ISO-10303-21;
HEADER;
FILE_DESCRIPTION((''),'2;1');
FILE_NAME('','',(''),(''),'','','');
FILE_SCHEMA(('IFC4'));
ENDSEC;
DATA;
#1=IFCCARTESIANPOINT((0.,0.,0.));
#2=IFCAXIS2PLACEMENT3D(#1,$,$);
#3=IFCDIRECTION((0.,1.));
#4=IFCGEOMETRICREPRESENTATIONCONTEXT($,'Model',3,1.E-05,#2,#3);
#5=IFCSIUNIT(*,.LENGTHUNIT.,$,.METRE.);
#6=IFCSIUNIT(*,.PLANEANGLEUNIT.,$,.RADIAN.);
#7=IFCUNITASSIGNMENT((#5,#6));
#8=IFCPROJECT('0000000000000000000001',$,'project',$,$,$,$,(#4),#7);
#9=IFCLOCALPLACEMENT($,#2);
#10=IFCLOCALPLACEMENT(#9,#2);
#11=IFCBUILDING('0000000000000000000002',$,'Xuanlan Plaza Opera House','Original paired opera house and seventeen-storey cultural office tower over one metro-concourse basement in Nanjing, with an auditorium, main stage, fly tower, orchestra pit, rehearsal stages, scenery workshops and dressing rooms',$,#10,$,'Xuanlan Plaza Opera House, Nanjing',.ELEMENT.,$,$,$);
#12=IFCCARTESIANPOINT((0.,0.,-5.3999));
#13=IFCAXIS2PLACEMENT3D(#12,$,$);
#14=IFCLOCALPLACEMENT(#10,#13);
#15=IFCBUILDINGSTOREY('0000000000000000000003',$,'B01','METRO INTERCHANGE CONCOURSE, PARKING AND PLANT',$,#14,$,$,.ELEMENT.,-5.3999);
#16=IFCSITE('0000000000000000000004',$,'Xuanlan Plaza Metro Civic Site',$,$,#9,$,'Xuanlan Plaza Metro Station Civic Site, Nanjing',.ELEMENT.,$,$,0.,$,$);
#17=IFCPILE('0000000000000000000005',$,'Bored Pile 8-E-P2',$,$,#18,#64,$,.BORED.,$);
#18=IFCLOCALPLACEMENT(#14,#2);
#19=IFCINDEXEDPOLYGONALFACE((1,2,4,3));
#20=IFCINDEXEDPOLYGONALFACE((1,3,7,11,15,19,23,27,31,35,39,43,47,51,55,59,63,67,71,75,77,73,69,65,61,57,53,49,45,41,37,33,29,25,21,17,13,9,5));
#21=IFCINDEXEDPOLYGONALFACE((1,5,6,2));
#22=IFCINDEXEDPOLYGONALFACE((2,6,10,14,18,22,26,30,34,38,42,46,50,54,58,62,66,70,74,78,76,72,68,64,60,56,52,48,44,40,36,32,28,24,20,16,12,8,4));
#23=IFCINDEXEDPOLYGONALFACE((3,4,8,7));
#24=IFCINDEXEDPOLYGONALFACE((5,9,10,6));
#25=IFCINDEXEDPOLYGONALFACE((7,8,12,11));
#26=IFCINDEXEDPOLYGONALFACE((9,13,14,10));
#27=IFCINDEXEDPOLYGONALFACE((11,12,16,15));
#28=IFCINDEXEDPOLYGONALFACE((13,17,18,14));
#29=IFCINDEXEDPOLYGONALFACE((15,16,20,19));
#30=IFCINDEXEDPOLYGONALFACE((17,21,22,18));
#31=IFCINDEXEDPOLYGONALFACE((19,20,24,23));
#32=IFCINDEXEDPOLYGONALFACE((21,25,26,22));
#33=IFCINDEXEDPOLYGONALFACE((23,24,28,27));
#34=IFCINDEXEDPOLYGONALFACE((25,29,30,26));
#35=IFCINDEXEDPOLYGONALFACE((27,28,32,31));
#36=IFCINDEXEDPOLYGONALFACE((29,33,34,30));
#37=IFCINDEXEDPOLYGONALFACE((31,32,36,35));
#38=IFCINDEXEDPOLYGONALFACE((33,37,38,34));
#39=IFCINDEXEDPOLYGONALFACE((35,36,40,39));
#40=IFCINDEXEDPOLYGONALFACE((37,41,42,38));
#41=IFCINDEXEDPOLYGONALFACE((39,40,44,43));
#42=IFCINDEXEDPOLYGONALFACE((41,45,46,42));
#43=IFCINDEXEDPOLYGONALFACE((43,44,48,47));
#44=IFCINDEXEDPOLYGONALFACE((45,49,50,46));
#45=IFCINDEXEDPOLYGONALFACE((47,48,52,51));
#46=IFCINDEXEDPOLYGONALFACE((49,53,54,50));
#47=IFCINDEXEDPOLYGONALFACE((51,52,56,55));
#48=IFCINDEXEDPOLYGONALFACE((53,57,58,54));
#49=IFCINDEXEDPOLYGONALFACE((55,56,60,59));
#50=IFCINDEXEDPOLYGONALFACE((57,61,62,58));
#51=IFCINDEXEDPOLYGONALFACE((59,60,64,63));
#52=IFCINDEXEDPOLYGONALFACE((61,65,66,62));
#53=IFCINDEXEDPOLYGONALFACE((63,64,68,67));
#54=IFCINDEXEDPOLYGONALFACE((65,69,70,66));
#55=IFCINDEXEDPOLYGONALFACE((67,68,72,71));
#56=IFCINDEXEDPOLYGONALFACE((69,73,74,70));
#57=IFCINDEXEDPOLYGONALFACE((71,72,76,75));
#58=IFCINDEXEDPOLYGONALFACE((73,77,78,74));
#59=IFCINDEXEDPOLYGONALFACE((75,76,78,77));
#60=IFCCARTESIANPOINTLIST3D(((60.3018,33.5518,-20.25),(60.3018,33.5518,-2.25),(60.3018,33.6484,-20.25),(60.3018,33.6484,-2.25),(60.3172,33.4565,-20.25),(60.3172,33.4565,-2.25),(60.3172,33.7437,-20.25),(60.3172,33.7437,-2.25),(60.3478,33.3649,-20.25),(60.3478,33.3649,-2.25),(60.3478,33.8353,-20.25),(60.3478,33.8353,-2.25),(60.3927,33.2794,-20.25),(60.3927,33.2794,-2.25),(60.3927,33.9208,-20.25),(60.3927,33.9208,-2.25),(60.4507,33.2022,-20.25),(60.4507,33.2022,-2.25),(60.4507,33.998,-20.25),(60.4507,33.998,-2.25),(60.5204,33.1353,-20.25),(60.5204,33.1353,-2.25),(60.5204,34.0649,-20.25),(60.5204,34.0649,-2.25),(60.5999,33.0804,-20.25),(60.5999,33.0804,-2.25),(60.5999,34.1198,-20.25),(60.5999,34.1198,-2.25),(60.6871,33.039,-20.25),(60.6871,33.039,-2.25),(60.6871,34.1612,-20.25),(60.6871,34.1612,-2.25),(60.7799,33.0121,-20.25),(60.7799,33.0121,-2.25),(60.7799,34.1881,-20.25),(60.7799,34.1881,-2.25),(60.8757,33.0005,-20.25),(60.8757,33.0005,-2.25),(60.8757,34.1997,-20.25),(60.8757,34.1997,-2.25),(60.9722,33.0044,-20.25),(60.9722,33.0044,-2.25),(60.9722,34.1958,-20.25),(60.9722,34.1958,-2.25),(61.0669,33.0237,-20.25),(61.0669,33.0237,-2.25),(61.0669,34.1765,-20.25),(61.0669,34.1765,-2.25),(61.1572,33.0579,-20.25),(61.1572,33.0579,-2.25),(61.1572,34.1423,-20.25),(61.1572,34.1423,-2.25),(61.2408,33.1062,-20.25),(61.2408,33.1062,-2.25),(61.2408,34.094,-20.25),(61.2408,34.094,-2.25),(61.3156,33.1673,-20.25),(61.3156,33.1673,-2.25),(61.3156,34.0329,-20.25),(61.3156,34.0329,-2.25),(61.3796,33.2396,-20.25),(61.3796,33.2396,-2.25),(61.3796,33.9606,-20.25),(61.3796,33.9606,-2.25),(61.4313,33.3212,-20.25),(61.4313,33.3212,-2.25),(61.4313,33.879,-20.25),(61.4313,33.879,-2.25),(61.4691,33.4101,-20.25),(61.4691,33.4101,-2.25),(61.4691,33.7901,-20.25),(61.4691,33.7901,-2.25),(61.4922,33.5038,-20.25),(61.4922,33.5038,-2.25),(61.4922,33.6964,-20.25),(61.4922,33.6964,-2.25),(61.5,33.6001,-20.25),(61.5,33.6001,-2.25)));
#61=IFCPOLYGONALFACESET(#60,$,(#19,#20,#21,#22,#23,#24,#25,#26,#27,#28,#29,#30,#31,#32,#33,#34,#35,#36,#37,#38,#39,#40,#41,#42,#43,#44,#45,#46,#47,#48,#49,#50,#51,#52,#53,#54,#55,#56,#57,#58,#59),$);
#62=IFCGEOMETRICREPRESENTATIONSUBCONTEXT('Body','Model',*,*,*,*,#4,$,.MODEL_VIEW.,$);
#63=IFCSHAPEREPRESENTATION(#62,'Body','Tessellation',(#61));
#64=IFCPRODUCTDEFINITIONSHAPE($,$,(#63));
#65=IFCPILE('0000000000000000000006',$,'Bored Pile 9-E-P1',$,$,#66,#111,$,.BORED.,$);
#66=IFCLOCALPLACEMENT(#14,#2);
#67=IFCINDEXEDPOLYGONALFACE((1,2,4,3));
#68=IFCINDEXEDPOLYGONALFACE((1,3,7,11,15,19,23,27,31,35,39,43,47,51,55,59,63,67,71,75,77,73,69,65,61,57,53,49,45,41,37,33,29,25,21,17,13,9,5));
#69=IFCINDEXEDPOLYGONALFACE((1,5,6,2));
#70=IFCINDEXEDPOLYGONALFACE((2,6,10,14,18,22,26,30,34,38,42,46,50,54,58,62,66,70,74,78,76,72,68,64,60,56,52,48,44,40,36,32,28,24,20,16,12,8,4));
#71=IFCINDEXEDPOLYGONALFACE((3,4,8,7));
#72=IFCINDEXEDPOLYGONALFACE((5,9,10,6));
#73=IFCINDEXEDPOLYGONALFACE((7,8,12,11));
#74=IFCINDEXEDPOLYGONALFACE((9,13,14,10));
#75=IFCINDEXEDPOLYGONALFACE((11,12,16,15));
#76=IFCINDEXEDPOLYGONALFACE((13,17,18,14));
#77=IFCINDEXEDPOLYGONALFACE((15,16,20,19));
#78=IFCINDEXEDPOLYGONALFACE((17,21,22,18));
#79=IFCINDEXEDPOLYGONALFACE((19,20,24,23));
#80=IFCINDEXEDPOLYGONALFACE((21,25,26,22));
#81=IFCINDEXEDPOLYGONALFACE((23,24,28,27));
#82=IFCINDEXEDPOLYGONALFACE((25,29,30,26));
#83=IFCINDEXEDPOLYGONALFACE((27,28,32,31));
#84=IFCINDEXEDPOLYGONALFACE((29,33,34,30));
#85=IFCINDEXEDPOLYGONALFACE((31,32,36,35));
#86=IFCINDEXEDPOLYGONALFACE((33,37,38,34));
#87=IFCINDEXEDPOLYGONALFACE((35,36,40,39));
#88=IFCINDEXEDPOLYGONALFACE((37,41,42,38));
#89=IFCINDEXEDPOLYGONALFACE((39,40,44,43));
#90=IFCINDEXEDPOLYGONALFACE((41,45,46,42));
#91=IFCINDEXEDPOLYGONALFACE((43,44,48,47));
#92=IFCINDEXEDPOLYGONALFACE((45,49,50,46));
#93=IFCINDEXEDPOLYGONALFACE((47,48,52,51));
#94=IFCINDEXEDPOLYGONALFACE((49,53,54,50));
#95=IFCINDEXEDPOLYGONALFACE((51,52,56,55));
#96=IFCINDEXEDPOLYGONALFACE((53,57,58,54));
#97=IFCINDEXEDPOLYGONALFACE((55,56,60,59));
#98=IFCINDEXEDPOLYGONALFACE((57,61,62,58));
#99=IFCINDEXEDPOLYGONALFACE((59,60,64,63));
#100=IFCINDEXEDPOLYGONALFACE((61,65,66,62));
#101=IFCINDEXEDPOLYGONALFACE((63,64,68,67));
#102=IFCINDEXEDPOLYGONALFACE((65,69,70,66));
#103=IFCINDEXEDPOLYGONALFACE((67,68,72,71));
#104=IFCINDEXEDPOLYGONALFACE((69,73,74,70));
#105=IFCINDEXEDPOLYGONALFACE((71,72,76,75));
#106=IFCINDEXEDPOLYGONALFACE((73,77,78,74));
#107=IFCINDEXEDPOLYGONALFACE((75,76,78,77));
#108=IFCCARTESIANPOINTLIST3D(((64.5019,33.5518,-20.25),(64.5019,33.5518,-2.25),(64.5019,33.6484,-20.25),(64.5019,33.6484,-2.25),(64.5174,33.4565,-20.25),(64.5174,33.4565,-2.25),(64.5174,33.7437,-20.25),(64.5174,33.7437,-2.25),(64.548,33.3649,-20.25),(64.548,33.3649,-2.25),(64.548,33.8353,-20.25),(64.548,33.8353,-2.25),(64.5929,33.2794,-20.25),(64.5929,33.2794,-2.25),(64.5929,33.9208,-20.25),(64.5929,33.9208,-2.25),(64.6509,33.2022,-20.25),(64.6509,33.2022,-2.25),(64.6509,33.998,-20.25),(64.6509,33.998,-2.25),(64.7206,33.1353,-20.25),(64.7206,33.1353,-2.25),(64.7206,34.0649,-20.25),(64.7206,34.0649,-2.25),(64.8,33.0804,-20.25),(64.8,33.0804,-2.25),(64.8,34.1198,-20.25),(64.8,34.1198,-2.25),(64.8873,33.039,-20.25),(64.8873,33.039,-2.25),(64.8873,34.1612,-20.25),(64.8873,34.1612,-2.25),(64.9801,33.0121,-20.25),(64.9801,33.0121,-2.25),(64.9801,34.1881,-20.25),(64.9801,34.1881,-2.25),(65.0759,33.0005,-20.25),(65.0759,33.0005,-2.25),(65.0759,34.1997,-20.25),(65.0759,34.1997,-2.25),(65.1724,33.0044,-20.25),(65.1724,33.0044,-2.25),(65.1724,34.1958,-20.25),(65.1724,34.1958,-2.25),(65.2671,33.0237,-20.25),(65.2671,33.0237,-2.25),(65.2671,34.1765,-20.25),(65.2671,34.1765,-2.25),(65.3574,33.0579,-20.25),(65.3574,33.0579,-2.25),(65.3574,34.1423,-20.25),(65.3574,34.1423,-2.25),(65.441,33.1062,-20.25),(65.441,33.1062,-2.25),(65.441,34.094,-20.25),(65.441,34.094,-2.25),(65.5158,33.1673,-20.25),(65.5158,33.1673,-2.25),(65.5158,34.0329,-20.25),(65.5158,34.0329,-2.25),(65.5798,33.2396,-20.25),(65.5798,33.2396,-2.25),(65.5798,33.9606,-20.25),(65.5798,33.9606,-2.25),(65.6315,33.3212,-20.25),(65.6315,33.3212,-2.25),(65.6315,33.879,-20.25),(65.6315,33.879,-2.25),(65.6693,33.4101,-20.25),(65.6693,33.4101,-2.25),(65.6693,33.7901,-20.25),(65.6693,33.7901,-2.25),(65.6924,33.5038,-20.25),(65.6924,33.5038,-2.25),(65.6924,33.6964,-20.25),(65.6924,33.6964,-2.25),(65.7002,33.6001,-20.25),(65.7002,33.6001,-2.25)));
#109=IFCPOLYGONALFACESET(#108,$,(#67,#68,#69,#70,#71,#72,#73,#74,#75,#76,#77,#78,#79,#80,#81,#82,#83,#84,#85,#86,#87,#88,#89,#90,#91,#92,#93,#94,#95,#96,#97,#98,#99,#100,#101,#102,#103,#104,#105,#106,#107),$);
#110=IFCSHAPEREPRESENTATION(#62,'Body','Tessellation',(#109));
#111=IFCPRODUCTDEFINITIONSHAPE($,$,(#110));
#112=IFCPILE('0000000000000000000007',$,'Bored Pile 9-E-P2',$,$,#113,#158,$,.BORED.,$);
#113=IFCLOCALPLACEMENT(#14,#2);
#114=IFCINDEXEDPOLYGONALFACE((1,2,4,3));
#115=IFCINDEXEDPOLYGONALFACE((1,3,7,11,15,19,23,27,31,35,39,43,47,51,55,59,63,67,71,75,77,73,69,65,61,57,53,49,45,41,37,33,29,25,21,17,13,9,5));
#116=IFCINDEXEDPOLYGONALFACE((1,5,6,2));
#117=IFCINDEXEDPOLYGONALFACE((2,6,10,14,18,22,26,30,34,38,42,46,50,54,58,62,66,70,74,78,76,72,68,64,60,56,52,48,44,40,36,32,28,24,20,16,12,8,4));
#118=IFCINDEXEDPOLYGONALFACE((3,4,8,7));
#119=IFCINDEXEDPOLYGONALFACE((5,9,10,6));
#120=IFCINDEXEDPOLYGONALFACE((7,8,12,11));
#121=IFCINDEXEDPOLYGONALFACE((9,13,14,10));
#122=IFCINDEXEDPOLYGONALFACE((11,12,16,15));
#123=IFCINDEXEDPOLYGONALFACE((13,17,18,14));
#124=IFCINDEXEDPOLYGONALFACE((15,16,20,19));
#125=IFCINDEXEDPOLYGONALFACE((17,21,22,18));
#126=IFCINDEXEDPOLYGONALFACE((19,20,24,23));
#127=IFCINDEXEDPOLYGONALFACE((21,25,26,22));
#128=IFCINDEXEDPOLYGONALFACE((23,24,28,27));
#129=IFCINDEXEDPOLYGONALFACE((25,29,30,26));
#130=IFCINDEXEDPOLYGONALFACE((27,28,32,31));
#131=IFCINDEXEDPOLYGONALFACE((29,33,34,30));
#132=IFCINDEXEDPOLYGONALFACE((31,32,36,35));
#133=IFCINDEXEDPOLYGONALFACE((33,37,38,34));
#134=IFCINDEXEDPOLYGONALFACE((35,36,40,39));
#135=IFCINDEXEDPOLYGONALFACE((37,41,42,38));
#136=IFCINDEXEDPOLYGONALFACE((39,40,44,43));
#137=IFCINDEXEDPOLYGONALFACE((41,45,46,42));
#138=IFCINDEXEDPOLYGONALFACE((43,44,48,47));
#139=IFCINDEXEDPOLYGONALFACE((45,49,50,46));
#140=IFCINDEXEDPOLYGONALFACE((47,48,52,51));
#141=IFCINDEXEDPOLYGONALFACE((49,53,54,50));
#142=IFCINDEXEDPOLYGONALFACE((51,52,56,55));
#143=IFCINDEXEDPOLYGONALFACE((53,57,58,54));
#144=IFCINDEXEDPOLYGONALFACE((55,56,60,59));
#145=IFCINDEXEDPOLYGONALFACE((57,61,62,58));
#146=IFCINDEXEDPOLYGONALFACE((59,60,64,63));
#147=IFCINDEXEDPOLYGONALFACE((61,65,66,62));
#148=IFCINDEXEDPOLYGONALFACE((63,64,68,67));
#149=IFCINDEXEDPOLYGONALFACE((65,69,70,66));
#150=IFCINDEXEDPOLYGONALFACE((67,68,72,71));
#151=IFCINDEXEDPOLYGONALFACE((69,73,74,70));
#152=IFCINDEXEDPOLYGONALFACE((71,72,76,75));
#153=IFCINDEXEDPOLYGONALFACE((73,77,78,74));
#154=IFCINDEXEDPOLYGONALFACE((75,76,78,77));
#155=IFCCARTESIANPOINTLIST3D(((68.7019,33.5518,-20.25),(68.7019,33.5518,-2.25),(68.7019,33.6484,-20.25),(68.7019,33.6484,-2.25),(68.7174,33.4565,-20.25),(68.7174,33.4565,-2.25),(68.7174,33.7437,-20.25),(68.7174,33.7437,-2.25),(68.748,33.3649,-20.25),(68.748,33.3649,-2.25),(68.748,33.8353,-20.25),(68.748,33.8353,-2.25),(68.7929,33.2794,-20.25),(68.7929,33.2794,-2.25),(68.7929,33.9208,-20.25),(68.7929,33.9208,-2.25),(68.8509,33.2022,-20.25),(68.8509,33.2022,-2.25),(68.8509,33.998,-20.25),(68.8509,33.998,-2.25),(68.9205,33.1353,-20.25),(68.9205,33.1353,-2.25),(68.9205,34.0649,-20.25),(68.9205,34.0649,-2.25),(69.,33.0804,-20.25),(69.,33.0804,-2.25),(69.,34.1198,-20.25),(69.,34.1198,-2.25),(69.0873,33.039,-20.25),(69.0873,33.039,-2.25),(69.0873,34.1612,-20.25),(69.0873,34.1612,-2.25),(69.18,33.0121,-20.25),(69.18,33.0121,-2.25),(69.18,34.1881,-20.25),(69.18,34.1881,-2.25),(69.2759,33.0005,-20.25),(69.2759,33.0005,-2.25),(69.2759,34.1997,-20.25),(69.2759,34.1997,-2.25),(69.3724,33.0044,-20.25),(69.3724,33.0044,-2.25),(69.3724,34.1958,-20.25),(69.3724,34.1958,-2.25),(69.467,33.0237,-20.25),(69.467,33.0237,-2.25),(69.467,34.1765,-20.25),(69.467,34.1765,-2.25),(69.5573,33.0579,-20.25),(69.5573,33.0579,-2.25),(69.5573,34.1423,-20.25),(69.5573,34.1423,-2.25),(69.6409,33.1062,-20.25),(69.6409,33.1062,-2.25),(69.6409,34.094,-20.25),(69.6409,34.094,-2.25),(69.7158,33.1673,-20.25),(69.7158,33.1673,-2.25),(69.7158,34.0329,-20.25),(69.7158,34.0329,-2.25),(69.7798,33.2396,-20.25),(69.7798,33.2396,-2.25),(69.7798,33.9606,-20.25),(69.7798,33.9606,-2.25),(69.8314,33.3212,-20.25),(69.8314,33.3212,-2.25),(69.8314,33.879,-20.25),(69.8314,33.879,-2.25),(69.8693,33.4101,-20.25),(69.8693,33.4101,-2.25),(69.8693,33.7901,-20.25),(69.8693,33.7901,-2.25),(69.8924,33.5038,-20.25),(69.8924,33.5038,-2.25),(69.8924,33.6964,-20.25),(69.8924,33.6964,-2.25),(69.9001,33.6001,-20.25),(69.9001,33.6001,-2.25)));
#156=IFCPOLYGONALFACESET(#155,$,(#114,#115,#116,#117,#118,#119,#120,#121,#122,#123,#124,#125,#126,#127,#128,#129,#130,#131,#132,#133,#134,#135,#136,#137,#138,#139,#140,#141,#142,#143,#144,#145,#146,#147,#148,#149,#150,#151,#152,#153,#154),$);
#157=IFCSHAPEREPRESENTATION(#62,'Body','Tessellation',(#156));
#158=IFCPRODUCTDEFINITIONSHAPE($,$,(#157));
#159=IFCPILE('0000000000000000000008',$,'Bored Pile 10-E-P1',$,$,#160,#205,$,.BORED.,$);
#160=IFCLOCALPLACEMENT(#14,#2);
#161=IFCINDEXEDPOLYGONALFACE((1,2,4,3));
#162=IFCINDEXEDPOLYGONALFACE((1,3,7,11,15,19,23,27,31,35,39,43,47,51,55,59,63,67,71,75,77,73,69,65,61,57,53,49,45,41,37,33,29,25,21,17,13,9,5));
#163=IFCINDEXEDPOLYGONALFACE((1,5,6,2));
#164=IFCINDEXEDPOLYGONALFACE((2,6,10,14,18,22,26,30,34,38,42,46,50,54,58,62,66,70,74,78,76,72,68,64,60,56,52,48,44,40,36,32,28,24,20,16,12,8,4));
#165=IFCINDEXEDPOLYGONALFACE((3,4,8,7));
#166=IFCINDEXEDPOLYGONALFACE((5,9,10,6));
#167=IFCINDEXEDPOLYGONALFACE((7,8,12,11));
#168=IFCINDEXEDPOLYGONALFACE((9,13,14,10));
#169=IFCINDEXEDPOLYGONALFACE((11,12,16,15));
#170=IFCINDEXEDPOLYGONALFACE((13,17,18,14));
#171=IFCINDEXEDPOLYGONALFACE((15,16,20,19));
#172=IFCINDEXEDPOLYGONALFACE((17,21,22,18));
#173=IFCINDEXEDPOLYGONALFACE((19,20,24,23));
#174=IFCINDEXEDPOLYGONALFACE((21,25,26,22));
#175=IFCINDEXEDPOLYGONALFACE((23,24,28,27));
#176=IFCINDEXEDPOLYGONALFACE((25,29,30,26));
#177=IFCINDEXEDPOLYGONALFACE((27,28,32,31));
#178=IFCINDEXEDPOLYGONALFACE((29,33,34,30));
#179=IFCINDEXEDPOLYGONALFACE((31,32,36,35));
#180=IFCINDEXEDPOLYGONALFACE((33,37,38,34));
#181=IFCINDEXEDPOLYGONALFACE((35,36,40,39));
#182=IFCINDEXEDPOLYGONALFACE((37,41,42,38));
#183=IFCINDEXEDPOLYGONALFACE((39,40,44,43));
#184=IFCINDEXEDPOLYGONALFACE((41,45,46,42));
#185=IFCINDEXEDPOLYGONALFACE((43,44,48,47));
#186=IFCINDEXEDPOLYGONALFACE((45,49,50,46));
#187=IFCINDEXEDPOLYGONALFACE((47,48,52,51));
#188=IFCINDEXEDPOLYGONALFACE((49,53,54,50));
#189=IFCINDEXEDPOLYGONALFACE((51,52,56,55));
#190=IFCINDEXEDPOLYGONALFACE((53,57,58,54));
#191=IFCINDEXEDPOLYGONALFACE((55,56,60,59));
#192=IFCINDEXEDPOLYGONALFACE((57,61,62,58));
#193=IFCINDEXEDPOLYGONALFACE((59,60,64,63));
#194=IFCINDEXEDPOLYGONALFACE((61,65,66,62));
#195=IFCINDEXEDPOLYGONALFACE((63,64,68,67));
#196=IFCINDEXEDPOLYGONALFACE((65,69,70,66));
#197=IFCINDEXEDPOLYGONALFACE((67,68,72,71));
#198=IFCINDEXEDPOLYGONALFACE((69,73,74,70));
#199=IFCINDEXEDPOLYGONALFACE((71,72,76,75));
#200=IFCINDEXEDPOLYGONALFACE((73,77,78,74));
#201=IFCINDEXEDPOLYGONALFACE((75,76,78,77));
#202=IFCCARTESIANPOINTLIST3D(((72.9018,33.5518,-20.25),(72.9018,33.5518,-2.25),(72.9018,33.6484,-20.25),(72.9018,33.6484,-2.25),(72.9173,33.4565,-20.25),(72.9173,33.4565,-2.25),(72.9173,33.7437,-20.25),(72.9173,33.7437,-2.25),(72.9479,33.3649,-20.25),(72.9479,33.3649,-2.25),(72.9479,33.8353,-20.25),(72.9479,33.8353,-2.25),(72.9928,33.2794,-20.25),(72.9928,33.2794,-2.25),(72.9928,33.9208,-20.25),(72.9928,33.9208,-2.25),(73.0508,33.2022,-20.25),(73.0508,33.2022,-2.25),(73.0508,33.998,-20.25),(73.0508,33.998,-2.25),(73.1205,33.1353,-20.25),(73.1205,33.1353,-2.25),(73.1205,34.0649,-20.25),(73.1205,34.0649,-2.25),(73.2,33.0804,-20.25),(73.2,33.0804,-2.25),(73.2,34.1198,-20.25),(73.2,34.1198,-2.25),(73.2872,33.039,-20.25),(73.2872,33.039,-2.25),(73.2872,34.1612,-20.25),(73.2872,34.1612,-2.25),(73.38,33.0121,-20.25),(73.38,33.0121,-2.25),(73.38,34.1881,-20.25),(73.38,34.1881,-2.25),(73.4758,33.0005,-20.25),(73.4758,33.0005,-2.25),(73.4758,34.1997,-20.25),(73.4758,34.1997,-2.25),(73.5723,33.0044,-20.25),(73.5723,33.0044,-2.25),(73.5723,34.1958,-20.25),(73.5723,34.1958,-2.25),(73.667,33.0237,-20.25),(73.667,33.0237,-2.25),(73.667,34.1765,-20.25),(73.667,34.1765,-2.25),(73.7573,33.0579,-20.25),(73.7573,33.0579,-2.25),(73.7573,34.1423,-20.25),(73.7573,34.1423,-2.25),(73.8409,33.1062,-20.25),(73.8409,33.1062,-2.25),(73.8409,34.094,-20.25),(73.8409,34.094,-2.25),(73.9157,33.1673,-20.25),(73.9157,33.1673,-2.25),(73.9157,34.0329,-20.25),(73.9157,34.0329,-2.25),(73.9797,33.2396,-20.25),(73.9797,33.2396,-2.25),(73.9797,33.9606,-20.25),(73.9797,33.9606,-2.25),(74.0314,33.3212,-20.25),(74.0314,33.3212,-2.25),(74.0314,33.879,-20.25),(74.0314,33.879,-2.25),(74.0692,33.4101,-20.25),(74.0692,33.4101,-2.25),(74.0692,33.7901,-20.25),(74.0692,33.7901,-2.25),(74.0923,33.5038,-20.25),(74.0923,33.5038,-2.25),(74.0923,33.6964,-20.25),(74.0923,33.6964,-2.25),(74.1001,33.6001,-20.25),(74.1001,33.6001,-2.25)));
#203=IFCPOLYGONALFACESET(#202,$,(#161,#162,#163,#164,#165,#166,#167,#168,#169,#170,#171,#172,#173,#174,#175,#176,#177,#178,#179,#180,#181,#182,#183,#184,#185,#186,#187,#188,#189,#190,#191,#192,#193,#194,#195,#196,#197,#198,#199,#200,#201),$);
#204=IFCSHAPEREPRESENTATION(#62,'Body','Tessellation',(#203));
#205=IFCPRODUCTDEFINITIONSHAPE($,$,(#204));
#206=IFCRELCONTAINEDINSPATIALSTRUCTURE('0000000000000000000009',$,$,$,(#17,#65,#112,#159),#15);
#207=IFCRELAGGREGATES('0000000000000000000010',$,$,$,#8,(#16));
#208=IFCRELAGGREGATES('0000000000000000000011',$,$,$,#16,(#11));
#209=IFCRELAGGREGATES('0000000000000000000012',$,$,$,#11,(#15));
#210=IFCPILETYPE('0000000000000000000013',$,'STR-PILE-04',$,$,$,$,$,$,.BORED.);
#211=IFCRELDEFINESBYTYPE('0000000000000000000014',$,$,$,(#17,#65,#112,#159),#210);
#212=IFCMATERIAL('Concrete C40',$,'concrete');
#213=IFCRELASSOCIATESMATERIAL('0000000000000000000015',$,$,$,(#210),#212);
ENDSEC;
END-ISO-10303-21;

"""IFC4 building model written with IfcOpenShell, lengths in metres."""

from ifc_helpers import new_model, si_unit, direction, frame, origin, origin_2d, place, context, subcontext, project, spatial, circle, extrude, material, material_profile, profile_set, type_object, element, save


model = new_model("IFC4")

# Units and contexts
model_context = context("Model", 3, precision=1e-05, world=origin(), true_north=direction((0.0, 1.0)))
body_context = subcontext(model_context, "Body", "Model", "MODEL_VIEW")
ifc_project = project(units=[si_unit("LENGTHUNIT", "METRE"), si_unit("PLANEANGLEUNIT", "RADIAN")], contexts=[model_context])

# Site, building, storey
site_placement = place(None, origin())
site = spatial("IfcSite", under=ifc_project, at=site_placement, Name="Xuanlan Plaza Metro Civic Site", LongName="Xuanlan Plaza Metro Station Civic Site, Nanjing", CompositionType="ELEMENT", RefElevation=0.0)
building_placement = place(site_placement, origin())
building = spatial("IfcBuilding", under=site, at=building_placement, Name="Xuanlan Plaza Opera House", Description="Original paired opera house and seventeen-storey cultural office tower over one metro-concourse basement in Nanjing, with an auditorium, main stage, fly tower, orchestra pit, rehearsal stages, scenery workshops and dressing rooms", LongName="Xuanlan Plaza Opera House, Nanjing", CompositionType="ELEMENT")
storey_placement = place(building_placement, frame((0.0, 0.0, -5.3999)))
storey = spatial("IfcBuildingStorey", under=building, at=storey_placement, Name="B01", Description="METRO INTERCHANGE CONCOURSE, PARKING AND PLANT", CompositionType="ELEMENT", Elevation=-5.3999)

# Shared definitions
ifc_material_1 = material(Name="Concrete C40", Category="concrete")

# Piles
ifc_material_profile_1 = material_profile(ifc_material_1, circle(Radius=0.6001, at=origin_2d()), Name="PILE D1200")
ifc_profile_set_1 = profile_set([ifc_material_profile_1], Name="Concrete C40")
pile_type_1 = type_object("IfcPileType", Name="STR-PILE-04", PredefinedType="BORED", material=ifc_profile_set_1)
for number, where, z_axis, x_axis, name in (
    (1, (60.8999, 33.6001, -2.25), (0.0, 0.0, -1.0), (1.0, 0.0, 0.0), "Bored Pile 8-E-P2"),
    (2, (65.1001, 33.6001, -2.25), (0.0, 0.0, -1.0), (1.0, 0.0, 0.0), "Bored Pile 9-E-P1"),
    (3, (69.3, 33.6001, -2.25), (0.0, 0.0, -1.0), (1.0, 0.0, 0.0), "Bored Pile 9-E-P2"),
    (4, (73.5, 33.6001, -2.25), (0.0, 0.0, -1.0), (1.0, 0.0, 0.0), "Bored Pile 10-E-P1"),
):
    element("IfcPile", number, at=place(storey_placement, frame(where, z_axis=z_axis, x_axis=x_axis)), inside=storey, type_object=pile_type_1, Name=name, PredefinedType="BORED", context=body_context, shape_type="SweptSolid", body=[
        extrude(circle(Radius=0.6001, at=origin_2d()), origin(), (0.0, 0.0, 1.0), 18.0),
    ])

save(model, "model.ifc")
